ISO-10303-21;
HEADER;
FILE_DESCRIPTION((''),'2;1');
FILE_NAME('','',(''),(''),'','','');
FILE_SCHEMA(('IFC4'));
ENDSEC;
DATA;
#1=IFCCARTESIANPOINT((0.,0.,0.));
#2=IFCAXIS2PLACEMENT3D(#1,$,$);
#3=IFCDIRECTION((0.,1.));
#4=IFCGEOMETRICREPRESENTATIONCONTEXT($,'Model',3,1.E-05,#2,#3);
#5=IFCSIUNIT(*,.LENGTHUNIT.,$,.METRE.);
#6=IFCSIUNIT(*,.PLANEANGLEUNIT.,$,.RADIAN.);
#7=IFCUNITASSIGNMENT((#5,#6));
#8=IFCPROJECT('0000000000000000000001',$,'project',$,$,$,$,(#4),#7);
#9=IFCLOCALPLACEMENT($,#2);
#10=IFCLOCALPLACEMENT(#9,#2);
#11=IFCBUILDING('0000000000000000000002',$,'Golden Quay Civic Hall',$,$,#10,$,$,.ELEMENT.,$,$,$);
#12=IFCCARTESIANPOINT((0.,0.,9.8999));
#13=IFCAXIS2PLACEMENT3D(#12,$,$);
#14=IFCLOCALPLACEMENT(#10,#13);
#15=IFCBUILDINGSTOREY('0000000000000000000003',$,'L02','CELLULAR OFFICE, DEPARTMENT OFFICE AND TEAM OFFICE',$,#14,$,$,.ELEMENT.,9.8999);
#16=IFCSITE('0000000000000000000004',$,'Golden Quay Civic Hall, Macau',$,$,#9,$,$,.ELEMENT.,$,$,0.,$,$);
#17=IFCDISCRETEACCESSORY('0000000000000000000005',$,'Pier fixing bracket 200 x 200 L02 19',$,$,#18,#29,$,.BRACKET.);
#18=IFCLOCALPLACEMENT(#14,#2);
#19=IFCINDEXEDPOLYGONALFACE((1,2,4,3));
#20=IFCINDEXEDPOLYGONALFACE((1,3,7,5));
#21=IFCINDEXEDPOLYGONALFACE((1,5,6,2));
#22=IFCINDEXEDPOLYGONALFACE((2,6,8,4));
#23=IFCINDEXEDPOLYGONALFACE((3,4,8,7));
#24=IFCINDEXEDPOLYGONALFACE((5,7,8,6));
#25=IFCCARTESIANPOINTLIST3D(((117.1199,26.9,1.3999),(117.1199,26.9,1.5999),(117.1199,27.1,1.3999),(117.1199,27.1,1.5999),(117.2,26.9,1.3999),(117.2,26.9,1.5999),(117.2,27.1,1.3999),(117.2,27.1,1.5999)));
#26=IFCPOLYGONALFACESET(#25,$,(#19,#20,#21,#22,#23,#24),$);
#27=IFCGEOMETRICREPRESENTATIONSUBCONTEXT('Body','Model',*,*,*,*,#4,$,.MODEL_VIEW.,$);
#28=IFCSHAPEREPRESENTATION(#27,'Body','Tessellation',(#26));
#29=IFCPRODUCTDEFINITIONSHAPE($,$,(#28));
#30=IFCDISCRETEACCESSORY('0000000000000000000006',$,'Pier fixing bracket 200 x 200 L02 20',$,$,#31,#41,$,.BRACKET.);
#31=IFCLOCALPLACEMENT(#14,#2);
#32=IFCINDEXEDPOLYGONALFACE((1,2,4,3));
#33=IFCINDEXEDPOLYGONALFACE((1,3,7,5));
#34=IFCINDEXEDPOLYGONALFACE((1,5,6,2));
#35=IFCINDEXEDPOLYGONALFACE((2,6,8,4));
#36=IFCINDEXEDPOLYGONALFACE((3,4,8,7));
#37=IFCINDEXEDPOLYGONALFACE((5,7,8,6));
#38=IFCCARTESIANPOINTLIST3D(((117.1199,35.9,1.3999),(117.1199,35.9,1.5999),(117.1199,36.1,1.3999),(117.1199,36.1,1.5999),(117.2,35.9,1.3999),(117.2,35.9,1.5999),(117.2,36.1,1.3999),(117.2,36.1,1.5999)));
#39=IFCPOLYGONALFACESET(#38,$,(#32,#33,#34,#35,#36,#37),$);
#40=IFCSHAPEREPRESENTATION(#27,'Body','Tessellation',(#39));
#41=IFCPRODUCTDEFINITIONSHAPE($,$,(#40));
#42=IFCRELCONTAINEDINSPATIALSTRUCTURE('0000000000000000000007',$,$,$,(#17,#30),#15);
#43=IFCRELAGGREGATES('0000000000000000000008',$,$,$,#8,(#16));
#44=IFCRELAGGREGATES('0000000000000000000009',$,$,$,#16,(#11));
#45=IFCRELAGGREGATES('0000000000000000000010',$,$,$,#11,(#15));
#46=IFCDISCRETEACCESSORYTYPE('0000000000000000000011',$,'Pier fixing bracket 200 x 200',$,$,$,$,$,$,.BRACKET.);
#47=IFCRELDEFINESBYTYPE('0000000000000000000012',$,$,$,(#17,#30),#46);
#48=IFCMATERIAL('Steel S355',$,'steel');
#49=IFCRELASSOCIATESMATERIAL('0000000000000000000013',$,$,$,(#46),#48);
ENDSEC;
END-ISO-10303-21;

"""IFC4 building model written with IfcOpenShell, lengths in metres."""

from ifc_helpers import new_model, si_unit, direction, frame, origin, origin_2d, place, context, subcontext, project, spatial, rectangle, extrude, material, type_object, element, save


model = new_model("IFC4")

# Units and contexts
model_context = context("Model", 3, precision=1e-05, world=origin(), true_north=direction((0.0, 1.0)))
body_context = subcontext(model_context, "Body", "Model", "MODEL_VIEW")
ifc_project = project(units=[si_unit("LENGTHUNIT", "METRE"), si_unit("PLANEANGLEUNIT", "RADIAN")], contexts=[model_context])

# Site, building, storey
site_placement = place(None, origin())
site = spatial("IfcSite", under=ifc_project, at=site_placement, Name="Golden Quay Civic Hall, Macau", CompositionType="ELEMENT", RefElevation=0.0)
building_placement = place(site_placement, origin())
building = spatial("IfcBuilding", under=site, at=building_placement, Name="Golden Quay Civic Hall", CompositionType="ELEMENT")
storey_placement = place(building_placement, frame((0.0, 0.0, 9.8999)))
storey = spatial("IfcBuildingStorey", under=building, at=storey_placement, Name="L02", Description="CELLULAR OFFICE, DEPARTMENT OFFICE AND TEAM OFFICE", CompositionType="ELEMENT", Elevation=9.8999)

# Discrete accessories
ifc_material_1 = material(Name="Steel S355", Category="steel")
discrete_accessory_type = type_object("IfcDiscreteAccessoryType", Name="Pier fixing bracket 200 x 200", PredefinedType="BRACKET", material=ifc_material_1)
for number, where, z_axis, x_axis, name in (
    (1, (117.1599, 27.0, 1.3999), (0.0, 0.0, 1.0), (0.0, 1.0, 0.0), "Pier fixing bracket 200 x 200 L02 19"),
    (2, (117.1599, 36.0, 1.3999), (0.0, 0.0, 1.0), (0.0, 1.0, 0.0), "Pier fixing bracket 200 x 200 L02 20"),
):
    element("IfcDiscreteAccessory", number, at=place(storey_placement, frame(where, z_axis=z_axis, x_axis=x_axis)), inside=storey, type_object=discrete_accessory_type, Name=name, PredefinedType="BRACKET", context=body_context, shape_type="SweptSolid", body=[
        extrude(rectangle(XDim=0.2, YDim=0.0801, at=origin_2d()), origin(), (0.0, 0.0, 1.0), 0.2),
    ])

save(model, "model.ifc")
